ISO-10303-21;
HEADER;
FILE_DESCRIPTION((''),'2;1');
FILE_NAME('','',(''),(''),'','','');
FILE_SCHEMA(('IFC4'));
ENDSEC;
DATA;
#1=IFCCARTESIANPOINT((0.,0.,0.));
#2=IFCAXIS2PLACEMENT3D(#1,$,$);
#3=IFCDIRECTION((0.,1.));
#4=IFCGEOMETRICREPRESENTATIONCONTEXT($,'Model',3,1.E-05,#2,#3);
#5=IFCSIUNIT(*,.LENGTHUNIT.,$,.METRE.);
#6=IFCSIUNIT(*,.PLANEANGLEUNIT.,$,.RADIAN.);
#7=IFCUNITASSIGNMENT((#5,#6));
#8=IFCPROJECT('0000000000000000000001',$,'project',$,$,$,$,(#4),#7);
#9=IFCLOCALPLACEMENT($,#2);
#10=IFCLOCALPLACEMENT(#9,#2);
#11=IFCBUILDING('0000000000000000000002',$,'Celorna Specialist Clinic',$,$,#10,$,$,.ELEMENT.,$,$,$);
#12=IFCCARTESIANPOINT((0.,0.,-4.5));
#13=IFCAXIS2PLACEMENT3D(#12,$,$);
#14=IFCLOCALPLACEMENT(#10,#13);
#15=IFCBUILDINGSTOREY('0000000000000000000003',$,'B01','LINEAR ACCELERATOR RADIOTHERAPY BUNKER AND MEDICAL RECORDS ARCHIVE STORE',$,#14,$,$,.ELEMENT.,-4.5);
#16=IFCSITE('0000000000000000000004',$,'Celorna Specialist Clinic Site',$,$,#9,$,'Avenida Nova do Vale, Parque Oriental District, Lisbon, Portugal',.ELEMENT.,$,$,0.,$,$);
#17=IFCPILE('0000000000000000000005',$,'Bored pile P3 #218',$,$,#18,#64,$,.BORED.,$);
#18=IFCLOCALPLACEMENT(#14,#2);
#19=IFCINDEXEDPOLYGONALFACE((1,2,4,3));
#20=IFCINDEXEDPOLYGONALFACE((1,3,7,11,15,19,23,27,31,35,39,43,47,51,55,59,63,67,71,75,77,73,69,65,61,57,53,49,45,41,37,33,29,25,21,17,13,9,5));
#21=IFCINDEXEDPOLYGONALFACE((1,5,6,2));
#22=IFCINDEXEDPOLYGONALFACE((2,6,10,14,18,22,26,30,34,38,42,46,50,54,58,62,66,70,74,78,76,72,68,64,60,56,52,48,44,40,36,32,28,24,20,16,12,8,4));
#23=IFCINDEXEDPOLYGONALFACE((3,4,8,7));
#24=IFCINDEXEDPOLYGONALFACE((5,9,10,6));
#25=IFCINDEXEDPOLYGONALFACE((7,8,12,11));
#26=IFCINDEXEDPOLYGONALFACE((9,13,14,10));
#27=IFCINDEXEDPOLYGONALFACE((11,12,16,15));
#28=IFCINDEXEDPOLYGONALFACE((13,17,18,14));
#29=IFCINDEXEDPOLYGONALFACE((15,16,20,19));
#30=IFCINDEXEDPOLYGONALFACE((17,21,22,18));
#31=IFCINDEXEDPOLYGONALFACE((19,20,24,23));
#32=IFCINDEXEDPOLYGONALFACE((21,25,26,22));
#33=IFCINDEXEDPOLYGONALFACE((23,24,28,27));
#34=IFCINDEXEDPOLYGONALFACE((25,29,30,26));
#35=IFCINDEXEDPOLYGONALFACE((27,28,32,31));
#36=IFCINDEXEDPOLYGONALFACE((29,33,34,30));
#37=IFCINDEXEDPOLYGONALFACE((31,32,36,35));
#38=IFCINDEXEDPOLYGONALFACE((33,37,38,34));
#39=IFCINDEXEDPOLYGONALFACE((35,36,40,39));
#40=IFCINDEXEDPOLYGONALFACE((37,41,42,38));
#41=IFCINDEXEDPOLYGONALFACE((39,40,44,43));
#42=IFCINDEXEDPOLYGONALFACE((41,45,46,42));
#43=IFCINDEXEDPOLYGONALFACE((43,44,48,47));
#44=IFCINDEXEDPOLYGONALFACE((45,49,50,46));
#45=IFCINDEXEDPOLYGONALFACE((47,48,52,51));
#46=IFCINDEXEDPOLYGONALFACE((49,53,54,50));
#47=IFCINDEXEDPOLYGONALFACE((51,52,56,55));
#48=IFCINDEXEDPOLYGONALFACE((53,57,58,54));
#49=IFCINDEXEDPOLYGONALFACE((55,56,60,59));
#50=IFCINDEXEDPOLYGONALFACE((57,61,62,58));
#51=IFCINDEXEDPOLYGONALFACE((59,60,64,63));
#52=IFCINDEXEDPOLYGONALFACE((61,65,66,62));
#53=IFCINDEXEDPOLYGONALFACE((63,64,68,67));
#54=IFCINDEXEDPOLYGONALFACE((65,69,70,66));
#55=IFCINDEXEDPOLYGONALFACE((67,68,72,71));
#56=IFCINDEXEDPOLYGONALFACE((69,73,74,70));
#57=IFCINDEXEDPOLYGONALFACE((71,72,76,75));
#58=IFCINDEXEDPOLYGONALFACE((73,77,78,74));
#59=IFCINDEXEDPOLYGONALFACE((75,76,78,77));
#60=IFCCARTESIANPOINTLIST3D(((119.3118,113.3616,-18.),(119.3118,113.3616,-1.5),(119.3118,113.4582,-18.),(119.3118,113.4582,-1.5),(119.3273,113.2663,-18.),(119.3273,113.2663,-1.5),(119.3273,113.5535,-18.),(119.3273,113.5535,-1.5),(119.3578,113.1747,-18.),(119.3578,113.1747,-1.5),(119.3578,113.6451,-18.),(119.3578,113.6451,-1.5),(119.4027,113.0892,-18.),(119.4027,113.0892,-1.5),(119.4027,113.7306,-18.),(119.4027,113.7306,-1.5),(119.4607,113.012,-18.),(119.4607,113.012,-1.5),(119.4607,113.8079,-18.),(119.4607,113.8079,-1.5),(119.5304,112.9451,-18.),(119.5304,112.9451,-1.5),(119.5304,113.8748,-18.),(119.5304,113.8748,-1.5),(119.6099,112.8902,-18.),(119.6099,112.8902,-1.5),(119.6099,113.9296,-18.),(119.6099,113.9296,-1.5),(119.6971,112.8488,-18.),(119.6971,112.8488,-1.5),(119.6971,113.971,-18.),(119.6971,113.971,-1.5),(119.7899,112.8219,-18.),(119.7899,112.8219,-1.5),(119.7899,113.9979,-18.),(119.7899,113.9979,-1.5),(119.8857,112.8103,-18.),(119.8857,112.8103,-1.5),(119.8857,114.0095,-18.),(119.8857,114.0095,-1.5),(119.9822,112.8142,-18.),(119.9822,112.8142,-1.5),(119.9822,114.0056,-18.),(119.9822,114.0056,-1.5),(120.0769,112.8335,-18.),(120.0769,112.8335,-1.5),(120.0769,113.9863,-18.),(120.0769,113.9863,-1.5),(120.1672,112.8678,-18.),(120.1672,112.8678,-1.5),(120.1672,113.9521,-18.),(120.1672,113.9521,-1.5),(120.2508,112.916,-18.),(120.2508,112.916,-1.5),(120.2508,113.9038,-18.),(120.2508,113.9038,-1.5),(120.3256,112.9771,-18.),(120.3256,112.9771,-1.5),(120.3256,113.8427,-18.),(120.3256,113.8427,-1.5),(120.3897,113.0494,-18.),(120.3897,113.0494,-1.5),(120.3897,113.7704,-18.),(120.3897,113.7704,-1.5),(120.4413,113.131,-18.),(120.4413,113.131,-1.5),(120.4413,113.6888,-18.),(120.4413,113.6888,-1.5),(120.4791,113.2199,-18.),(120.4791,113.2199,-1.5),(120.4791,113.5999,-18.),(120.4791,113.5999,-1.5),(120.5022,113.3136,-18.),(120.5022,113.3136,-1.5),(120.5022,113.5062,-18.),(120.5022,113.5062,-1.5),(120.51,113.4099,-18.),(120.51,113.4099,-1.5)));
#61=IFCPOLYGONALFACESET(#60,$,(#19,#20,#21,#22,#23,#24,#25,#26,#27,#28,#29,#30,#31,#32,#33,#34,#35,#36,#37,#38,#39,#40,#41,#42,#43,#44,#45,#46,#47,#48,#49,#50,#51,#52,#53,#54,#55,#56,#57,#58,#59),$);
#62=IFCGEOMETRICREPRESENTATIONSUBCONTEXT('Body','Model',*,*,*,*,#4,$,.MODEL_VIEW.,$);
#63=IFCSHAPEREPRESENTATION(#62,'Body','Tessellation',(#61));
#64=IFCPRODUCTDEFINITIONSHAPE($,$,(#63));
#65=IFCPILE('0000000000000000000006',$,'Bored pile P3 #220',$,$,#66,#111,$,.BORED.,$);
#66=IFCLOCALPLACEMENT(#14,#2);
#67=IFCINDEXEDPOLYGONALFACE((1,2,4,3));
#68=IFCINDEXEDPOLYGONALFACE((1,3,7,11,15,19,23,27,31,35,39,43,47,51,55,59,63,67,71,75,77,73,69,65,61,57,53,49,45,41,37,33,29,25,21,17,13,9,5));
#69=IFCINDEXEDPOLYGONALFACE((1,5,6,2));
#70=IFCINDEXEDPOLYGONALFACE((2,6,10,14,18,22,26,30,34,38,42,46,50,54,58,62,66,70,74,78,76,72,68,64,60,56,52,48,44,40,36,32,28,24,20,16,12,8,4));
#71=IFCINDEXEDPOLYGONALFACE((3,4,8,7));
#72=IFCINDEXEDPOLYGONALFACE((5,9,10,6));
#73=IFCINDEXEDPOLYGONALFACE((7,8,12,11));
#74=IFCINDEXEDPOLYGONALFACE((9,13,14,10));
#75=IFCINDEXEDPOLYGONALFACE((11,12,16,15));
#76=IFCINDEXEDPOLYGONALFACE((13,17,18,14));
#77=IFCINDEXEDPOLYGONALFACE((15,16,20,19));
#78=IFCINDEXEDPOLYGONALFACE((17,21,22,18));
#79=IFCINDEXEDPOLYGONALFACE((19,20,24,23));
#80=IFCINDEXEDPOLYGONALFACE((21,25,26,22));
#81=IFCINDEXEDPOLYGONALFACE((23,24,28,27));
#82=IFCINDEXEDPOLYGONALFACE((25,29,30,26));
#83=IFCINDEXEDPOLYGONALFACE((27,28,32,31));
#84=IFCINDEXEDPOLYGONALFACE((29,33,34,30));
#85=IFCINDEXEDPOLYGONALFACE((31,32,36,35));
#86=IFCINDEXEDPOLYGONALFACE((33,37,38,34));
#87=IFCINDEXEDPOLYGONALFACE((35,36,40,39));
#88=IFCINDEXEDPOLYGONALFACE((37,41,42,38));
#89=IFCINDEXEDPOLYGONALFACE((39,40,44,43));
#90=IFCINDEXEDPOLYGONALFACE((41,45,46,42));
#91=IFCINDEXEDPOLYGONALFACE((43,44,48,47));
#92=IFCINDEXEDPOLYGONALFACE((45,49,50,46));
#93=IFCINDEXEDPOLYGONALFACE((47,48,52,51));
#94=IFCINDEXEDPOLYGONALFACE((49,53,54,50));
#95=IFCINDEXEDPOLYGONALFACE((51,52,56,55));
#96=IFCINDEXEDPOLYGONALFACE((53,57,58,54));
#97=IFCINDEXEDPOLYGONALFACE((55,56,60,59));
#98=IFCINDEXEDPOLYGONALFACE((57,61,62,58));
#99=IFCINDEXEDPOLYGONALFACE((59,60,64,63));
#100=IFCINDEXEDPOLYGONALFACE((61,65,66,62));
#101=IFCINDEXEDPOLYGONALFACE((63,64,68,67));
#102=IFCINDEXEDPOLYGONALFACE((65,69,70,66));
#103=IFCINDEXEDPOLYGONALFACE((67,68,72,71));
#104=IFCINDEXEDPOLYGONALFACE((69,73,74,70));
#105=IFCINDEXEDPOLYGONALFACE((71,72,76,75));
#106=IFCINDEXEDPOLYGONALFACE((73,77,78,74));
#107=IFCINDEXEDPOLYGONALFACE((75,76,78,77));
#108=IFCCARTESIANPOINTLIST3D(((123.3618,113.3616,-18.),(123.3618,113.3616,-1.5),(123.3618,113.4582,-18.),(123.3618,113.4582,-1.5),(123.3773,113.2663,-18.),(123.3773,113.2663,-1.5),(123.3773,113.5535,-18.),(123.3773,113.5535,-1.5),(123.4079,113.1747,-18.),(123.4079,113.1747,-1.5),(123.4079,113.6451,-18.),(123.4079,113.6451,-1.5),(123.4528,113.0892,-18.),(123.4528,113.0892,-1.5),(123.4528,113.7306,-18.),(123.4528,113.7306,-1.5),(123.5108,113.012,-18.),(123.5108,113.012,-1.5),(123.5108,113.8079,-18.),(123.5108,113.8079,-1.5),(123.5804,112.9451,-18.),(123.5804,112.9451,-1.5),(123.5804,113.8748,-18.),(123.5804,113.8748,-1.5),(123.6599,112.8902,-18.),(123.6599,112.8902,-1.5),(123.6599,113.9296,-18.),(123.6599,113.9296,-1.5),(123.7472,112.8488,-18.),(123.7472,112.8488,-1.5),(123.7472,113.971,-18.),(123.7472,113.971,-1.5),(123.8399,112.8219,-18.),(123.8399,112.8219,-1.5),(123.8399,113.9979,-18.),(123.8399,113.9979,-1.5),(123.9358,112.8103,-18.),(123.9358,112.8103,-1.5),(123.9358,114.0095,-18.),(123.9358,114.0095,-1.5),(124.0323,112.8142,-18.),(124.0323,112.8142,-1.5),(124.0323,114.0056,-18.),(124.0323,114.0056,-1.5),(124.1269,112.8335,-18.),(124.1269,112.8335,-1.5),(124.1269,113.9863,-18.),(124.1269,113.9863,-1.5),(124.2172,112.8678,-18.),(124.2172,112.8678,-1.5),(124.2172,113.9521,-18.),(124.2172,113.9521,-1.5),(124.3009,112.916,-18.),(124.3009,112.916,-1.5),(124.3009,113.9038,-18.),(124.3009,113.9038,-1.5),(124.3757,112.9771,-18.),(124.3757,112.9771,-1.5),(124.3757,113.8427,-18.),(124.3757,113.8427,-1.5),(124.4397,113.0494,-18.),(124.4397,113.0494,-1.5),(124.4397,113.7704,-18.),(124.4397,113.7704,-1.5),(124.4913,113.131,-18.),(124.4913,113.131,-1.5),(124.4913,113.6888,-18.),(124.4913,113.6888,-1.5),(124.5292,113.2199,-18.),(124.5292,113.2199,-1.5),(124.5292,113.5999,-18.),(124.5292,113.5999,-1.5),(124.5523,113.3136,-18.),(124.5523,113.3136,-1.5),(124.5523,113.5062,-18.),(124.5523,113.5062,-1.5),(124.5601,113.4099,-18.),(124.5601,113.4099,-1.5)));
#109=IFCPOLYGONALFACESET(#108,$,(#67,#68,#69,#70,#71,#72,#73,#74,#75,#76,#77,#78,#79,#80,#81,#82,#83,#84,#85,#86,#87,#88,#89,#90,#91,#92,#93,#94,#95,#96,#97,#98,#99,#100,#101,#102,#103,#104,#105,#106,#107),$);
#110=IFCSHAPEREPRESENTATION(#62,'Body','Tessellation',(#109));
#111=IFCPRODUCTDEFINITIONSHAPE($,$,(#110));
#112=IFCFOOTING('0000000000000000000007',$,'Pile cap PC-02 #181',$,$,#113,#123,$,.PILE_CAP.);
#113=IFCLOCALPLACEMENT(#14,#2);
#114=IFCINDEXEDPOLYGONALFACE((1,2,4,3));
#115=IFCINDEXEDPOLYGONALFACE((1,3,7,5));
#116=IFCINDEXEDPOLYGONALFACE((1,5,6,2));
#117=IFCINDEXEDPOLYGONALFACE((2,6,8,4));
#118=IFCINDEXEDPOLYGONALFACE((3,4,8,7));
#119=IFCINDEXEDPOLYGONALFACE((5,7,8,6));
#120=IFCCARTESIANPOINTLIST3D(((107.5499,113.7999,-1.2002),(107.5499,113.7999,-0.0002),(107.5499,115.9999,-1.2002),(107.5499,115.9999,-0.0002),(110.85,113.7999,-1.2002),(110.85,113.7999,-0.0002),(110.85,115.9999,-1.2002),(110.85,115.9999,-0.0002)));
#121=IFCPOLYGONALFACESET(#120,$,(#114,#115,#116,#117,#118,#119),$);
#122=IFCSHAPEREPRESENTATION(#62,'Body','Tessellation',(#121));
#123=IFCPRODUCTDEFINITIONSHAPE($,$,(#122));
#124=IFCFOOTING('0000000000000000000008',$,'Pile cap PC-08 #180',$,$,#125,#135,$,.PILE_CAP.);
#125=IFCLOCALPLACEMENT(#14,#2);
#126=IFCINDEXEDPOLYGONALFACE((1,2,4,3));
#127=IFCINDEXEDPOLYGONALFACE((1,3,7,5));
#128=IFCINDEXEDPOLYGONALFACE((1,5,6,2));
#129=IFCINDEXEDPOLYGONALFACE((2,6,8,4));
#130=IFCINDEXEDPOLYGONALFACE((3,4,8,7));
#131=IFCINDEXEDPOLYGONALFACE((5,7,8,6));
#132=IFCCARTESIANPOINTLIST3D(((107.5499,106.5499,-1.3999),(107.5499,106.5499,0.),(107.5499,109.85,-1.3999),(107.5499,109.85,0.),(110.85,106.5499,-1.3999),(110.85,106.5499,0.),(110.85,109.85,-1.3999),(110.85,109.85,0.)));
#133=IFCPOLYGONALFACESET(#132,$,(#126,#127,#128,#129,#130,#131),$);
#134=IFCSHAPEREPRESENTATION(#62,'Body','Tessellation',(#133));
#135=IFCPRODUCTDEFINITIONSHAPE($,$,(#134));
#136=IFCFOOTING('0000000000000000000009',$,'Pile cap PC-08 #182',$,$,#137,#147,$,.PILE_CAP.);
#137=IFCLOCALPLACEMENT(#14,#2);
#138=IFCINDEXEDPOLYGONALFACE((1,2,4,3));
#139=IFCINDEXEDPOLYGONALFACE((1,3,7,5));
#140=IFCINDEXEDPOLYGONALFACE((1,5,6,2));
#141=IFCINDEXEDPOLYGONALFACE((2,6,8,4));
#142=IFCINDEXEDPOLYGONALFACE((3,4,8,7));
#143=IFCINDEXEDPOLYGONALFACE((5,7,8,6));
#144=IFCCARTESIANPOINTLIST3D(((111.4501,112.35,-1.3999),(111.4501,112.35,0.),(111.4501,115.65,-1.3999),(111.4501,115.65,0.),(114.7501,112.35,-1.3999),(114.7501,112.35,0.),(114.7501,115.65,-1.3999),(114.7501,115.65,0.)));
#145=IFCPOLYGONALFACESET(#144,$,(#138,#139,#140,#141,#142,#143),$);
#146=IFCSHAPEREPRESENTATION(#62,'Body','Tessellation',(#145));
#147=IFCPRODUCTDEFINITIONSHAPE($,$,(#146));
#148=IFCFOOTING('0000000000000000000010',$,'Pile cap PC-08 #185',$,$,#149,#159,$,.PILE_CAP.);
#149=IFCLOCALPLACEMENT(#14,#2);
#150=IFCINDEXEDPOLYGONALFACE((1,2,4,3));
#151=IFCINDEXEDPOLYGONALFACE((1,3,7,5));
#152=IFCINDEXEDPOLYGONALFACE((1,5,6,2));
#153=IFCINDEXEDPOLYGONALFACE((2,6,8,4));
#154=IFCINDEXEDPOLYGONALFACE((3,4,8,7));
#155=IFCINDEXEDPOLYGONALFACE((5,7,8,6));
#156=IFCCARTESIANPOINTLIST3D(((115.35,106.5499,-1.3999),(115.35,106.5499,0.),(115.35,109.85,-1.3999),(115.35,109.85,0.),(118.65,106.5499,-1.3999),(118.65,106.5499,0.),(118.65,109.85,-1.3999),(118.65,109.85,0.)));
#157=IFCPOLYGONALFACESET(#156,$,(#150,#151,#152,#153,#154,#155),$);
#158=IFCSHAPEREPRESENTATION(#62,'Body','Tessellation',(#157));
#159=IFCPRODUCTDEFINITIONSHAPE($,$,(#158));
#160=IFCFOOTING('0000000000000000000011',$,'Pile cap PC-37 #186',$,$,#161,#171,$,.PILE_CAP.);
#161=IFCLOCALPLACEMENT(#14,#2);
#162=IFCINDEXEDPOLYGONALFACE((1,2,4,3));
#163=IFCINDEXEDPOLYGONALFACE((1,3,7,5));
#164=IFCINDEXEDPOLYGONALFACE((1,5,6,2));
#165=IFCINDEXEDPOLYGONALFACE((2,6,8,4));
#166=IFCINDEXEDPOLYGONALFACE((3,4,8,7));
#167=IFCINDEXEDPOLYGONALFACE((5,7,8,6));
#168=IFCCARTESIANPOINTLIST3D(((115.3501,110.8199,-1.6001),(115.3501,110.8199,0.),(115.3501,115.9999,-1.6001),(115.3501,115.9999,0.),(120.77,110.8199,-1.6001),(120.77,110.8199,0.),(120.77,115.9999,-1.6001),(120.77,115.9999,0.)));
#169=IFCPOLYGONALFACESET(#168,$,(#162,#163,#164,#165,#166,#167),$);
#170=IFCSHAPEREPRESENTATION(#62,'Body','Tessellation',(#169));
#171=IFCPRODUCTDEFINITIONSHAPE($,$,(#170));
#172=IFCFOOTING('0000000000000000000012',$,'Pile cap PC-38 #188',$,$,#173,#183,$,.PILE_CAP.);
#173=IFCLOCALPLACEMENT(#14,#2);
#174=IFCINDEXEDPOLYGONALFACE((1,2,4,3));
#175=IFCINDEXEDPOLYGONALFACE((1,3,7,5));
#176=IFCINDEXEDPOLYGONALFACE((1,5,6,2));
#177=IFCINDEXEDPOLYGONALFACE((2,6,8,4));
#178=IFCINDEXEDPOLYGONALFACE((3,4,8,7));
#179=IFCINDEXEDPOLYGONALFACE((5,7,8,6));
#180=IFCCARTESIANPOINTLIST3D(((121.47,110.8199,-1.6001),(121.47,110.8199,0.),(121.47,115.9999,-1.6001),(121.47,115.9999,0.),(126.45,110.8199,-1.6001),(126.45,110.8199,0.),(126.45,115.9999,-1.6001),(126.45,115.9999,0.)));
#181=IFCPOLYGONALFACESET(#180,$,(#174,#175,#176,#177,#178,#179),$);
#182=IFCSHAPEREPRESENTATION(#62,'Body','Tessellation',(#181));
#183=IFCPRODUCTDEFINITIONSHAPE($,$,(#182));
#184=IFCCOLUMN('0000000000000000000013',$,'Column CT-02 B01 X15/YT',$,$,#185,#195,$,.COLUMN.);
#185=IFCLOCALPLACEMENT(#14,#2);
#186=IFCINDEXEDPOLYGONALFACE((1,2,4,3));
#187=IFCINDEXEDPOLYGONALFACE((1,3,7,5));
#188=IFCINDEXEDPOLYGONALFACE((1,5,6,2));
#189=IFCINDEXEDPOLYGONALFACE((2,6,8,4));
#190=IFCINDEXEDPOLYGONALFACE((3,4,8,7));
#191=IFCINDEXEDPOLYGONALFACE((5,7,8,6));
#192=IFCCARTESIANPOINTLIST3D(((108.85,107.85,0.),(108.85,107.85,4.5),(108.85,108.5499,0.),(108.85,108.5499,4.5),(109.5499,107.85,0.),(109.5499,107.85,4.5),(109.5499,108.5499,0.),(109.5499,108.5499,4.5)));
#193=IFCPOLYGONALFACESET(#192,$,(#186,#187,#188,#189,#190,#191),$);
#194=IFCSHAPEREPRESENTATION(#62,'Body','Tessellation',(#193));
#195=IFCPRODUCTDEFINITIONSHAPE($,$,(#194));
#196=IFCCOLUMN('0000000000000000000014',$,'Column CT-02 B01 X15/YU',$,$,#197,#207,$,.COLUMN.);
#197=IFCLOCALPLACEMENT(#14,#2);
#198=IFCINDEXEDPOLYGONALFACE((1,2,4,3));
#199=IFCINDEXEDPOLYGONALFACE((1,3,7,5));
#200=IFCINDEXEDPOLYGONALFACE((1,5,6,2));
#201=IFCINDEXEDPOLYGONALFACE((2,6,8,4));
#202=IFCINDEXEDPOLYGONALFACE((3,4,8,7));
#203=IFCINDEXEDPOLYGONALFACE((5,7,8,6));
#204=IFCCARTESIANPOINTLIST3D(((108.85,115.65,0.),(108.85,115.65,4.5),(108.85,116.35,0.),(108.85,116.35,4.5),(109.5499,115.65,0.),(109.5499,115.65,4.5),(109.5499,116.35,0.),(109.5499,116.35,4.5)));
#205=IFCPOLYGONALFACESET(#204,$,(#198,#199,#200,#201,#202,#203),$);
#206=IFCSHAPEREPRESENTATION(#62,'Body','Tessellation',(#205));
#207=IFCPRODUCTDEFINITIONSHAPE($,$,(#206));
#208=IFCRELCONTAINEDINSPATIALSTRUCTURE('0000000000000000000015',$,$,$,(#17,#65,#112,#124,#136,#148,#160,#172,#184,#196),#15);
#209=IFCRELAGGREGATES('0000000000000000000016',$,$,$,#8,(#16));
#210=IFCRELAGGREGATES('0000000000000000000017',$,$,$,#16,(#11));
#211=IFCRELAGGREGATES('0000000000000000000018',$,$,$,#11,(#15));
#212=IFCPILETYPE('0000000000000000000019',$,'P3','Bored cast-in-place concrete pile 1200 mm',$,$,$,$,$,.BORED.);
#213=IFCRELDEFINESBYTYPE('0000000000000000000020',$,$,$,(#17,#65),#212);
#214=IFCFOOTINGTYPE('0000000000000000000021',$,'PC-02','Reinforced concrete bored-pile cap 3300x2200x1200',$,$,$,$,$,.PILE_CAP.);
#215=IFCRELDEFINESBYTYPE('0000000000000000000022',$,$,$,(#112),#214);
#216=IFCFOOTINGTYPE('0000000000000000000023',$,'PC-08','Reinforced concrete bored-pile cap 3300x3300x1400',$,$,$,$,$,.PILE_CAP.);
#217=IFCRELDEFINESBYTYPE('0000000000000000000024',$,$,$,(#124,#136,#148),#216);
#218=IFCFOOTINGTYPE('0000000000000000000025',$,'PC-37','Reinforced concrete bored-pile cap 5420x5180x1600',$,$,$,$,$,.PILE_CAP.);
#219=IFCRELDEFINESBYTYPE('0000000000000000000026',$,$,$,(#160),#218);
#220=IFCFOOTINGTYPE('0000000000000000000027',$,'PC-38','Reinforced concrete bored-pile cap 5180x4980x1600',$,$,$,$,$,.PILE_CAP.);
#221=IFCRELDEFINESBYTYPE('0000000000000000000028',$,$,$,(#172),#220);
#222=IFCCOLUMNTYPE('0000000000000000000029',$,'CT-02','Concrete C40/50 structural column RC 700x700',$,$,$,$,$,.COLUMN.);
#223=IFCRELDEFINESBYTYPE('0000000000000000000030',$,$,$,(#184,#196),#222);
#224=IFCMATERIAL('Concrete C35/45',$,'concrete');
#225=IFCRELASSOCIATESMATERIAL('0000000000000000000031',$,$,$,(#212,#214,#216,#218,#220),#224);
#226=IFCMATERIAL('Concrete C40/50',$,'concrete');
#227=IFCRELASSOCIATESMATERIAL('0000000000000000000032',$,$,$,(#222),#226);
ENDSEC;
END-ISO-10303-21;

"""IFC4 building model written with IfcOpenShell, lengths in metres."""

from ifc_helpers import new_model, si_unit, direction, frame, origin, origin_2d, place, context, subcontext, project, spatial, rectangle, circle, extrude, material, material_profile, profile_set, type_object, element, save


model = new_model("IFC4")

# Units and contexts
model_context = context("Model", 3, precision=1e-05, world=origin(), true_north=direction((0.0, 1.0)))
body_context = subcontext(model_context, "Body", "Model", "MODEL_VIEW")
ifc_project = project(units=[si_unit("LENGTHUNIT", "METRE"), si_unit("PLANEANGLEUNIT", "RADIAN")], contexts=[model_context])

# Site, building, storey
site_placement = place(None, origin())
site = spatial("IfcSite", under=ifc_project, at=site_placement, Name="Celorna Specialist Clinic Site", LongName="Avenida Nova do Vale, Parque Oriental District, Lisbon, Portugal", CompositionType="ELEMENT", RefElevation=0.0)
building_placement = place(site_placement, origin())
building = spatial("IfcBuilding", under=site, at=building_placement, Name="Celorna Specialist Clinic", CompositionType="ELEMENT")
storey_placement = place(building_placement, frame((0.0, 0.0, -4.5)))
storey = spatial("IfcBuildingStorey", under=building, at=storey_placement, Name="B01", Description="LINEAR ACCELERATOR RADIOTHERAPY BUNKER AND MEDICAL RECORDS ARCHIVE STORE", CompositionType="ELEMENT", Elevation=-4.5)

# Piles
ifc_material_1 = material(Name="Concrete C35/45", Category="concrete")
ifc_material_profile_1 = material_profile(ifc_material_1, circle(Radius=0.6001, at=origin_2d()), Name="BORED PILE 1200")
ifc_profile_set_1 = profile_set([ifc_material_profile_1], Name="Concrete C35/45")
pile_type_1 = type_object("IfcPileType", Name="P3", Description="Bored cast-in-place concrete pile 1200 mm", PredefinedType="BORED", material=ifc_profile_set_1)
for number, where, z_axis, x_axis, name in (
    (1, (119.9099, 113.4099, -1.5), (0.0, 0.0, -1.0), (1.0, 0.0, 0.0), "Bored pile P3 #218"),
    (2, (123.96, 113.4099, -1.5), (0.0, 0.0, -1.0), (1.0, 0.0, 0.0), "Bored pile P3 #220"),
):
    element("IfcPile", number, at=place(storey_placement, frame(where, z_axis=z_axis, x_axis=x_axis)), inside=storey, type_object=pile_type_1, Name=name, PredefinedType="BORED", context=body_context, shape_type="SweptSolid", body=[
        extrude(circle(Radius=0.6001, at=origin_2d()), origin(), (0.0, 0.0, 1.0), 16.5),
    ])

# Footings
footing_type_1 = type_object("IfcFootingType", Name="PC-02", Description="Reinforced concrete bored-pile cap 3300x2200x1200", PredefinedType="PILE_CAP", material=ifc_material_1)
footing_1_placement = place(storey_placement, frame((109.2, 114.8999, -1.2002), z_axis=(0.0, 0.0, 1.0), x_axis=(1.0, 0.0, 0.0)))
element("IfcFooting", 3, at=footing_1_placement, inside=storey, type_object=footing_type_1, Name="Pile cap PC-02 #181", PredefinedType="PILE_CAP", context=body_context, shape_type="SweptSolid", body=[
    extrude(rectangle(XDim=3.3, YDim=2.2, at=origin_2d()), origin(), (0.0, 0.0, 1.0), 1.2),
])
footing_type_2 = type_object("IfcFootingType", Name="PC-08", Description="Reinforced concrete bored-pile cap 3300x3300x1400", PredefinedType="PILE_CAP", material=ifc_material_1)
for number, where, z_axis, x_axis, name in (
    (4, (109.2, 108.2, -1.3999), (0.0, 0.0, 1.0), (1.0, 0.0, 0.0), "Pile cap PC-08 #180"),
    (5, (113.1001, 114.0, -1.3999), (0.0, 0.0, 1.0), (1.0, 0.0, 0.0), "Pile cap PC-08 #182"),
    (6, (117.0, 108.2, -1.3999), (0.0, 0.0, 1.0), (1.0, 0.0, 0.0), "Pile cap PC-08 #185"),
):
    element("IfcFooting", number, at=place(storey_placement, frame(where, z_axis=z_axis, x_axis=x_axis)), inside=storey, type_object=footing_type_2, Name=name, PredefinedType="PILE_CAP", context=body_context, shape_type="SweptSolid", body=[
        extrude(rectangle(XDim=3.3, YDim=3.3, at=origin_2d()), origin(), (0.0, 0.0, 1.0), 1.3999),
    ])
footing_type_3 = type_object("IfcFootingType", Name="PC-37", Description="Reinforced concrete bored-pile cap 5420x5180x1600", PredefinedType="PILE_CAP", material=ifc_material_1)
footing_2_placement = place(storey_placement, frame((118.0601, 113.4099, -1.6001), z_axis=(0.0, 0.0, 1.0), x_axis=(1.0, 0.0, 0.0)))
element("IfcFooting", 7, at=footing_2_placement, inside=storey, type_object=footing_type_3, Name="Pile cap PC-37 #186", PredefinedType="PILE_CAP", context=body_context, shape_type="SweptSolid", body=[
    extrude(rectangle(XDim=5.4199, YDim=5.1799, at=origin_2d()), origin(), (0.0, 0.0, 1.0), 1.6001),
])
footing_type_4 = type_object("IfcFootingType", Name="PC-38", Description="Reinforced concrete bored-pile cap 5180x4980x1600", PredefinedType="PILE_CAP", material=ifc_material_1)
footing_3_placement = place(storey_placement, frame((123.96, 113.4099, -1.6001), z_axis=(0.0, 0.0, 1.0), x_axis=(1.0, 0.0, 0.0)))
element("IfcFooting", 8, at=footing_3_placement, inside=storey, type_object=footing_type_4, Name="Pile cap PC-38 #188", PredefinedType="PILE_CAP", context=body_context, shape_type="SweptSolid", body=[
    extrude(rectangle(XDim=4.98, YDim=5.1799, at=origin_2d()), origin(), (0.0, 0.0, 1.0), 1.6001),
])

# Columns
ifc_material_2 = material(Name="Concrete C40/50", Category="concrete")
ifc_material_profile_2 = material_profile(ifc_material_2, rectangle(XDim=0.7, YDim=0.7, at=origin_2d()), Name="RC 700x700")
ifc_profile_set_2 = profile_set([ifc_material_profile_2], Name="Concrete C40/50")
column_type_1 = type_object("IfcColumnType", Name="CT-02", Description="Concrete C40/50 structural column RC 700x700", PredefinedType="COLUMN", material=ifc_profile_set_2)
for number, where, z_axis, x_axis, name in (
    (9, (109.2, 108.2, 0.0), (0.0, 0.0, 1.0), (1.0, 0.0, 0.0), "Column CT-02 B01 X15/YT"),
    (10, (109.2, 116.0, 0.0), (0.0, 0.0, 1.0), (1.0, 0.0, 0.0), "Column CT-02 B01 X15/YU"),
):
    element("IfcColumn", number, at=place(storey_placement, frame(where, z_axis=z_axis, x_axis=x_axis)), inside=storey, type_object=column_type_1, Name=name, PredefinedType="COLUMN", context=body_context, shape_type="SweptSolid", body=[
        extrude(rectangle(XDim=0.7, YDim=0.7, at=origin_2d()), origin(), (0.0, 0.0, 1.0), 4.5),
    ])

save(model, "model.ifc")
